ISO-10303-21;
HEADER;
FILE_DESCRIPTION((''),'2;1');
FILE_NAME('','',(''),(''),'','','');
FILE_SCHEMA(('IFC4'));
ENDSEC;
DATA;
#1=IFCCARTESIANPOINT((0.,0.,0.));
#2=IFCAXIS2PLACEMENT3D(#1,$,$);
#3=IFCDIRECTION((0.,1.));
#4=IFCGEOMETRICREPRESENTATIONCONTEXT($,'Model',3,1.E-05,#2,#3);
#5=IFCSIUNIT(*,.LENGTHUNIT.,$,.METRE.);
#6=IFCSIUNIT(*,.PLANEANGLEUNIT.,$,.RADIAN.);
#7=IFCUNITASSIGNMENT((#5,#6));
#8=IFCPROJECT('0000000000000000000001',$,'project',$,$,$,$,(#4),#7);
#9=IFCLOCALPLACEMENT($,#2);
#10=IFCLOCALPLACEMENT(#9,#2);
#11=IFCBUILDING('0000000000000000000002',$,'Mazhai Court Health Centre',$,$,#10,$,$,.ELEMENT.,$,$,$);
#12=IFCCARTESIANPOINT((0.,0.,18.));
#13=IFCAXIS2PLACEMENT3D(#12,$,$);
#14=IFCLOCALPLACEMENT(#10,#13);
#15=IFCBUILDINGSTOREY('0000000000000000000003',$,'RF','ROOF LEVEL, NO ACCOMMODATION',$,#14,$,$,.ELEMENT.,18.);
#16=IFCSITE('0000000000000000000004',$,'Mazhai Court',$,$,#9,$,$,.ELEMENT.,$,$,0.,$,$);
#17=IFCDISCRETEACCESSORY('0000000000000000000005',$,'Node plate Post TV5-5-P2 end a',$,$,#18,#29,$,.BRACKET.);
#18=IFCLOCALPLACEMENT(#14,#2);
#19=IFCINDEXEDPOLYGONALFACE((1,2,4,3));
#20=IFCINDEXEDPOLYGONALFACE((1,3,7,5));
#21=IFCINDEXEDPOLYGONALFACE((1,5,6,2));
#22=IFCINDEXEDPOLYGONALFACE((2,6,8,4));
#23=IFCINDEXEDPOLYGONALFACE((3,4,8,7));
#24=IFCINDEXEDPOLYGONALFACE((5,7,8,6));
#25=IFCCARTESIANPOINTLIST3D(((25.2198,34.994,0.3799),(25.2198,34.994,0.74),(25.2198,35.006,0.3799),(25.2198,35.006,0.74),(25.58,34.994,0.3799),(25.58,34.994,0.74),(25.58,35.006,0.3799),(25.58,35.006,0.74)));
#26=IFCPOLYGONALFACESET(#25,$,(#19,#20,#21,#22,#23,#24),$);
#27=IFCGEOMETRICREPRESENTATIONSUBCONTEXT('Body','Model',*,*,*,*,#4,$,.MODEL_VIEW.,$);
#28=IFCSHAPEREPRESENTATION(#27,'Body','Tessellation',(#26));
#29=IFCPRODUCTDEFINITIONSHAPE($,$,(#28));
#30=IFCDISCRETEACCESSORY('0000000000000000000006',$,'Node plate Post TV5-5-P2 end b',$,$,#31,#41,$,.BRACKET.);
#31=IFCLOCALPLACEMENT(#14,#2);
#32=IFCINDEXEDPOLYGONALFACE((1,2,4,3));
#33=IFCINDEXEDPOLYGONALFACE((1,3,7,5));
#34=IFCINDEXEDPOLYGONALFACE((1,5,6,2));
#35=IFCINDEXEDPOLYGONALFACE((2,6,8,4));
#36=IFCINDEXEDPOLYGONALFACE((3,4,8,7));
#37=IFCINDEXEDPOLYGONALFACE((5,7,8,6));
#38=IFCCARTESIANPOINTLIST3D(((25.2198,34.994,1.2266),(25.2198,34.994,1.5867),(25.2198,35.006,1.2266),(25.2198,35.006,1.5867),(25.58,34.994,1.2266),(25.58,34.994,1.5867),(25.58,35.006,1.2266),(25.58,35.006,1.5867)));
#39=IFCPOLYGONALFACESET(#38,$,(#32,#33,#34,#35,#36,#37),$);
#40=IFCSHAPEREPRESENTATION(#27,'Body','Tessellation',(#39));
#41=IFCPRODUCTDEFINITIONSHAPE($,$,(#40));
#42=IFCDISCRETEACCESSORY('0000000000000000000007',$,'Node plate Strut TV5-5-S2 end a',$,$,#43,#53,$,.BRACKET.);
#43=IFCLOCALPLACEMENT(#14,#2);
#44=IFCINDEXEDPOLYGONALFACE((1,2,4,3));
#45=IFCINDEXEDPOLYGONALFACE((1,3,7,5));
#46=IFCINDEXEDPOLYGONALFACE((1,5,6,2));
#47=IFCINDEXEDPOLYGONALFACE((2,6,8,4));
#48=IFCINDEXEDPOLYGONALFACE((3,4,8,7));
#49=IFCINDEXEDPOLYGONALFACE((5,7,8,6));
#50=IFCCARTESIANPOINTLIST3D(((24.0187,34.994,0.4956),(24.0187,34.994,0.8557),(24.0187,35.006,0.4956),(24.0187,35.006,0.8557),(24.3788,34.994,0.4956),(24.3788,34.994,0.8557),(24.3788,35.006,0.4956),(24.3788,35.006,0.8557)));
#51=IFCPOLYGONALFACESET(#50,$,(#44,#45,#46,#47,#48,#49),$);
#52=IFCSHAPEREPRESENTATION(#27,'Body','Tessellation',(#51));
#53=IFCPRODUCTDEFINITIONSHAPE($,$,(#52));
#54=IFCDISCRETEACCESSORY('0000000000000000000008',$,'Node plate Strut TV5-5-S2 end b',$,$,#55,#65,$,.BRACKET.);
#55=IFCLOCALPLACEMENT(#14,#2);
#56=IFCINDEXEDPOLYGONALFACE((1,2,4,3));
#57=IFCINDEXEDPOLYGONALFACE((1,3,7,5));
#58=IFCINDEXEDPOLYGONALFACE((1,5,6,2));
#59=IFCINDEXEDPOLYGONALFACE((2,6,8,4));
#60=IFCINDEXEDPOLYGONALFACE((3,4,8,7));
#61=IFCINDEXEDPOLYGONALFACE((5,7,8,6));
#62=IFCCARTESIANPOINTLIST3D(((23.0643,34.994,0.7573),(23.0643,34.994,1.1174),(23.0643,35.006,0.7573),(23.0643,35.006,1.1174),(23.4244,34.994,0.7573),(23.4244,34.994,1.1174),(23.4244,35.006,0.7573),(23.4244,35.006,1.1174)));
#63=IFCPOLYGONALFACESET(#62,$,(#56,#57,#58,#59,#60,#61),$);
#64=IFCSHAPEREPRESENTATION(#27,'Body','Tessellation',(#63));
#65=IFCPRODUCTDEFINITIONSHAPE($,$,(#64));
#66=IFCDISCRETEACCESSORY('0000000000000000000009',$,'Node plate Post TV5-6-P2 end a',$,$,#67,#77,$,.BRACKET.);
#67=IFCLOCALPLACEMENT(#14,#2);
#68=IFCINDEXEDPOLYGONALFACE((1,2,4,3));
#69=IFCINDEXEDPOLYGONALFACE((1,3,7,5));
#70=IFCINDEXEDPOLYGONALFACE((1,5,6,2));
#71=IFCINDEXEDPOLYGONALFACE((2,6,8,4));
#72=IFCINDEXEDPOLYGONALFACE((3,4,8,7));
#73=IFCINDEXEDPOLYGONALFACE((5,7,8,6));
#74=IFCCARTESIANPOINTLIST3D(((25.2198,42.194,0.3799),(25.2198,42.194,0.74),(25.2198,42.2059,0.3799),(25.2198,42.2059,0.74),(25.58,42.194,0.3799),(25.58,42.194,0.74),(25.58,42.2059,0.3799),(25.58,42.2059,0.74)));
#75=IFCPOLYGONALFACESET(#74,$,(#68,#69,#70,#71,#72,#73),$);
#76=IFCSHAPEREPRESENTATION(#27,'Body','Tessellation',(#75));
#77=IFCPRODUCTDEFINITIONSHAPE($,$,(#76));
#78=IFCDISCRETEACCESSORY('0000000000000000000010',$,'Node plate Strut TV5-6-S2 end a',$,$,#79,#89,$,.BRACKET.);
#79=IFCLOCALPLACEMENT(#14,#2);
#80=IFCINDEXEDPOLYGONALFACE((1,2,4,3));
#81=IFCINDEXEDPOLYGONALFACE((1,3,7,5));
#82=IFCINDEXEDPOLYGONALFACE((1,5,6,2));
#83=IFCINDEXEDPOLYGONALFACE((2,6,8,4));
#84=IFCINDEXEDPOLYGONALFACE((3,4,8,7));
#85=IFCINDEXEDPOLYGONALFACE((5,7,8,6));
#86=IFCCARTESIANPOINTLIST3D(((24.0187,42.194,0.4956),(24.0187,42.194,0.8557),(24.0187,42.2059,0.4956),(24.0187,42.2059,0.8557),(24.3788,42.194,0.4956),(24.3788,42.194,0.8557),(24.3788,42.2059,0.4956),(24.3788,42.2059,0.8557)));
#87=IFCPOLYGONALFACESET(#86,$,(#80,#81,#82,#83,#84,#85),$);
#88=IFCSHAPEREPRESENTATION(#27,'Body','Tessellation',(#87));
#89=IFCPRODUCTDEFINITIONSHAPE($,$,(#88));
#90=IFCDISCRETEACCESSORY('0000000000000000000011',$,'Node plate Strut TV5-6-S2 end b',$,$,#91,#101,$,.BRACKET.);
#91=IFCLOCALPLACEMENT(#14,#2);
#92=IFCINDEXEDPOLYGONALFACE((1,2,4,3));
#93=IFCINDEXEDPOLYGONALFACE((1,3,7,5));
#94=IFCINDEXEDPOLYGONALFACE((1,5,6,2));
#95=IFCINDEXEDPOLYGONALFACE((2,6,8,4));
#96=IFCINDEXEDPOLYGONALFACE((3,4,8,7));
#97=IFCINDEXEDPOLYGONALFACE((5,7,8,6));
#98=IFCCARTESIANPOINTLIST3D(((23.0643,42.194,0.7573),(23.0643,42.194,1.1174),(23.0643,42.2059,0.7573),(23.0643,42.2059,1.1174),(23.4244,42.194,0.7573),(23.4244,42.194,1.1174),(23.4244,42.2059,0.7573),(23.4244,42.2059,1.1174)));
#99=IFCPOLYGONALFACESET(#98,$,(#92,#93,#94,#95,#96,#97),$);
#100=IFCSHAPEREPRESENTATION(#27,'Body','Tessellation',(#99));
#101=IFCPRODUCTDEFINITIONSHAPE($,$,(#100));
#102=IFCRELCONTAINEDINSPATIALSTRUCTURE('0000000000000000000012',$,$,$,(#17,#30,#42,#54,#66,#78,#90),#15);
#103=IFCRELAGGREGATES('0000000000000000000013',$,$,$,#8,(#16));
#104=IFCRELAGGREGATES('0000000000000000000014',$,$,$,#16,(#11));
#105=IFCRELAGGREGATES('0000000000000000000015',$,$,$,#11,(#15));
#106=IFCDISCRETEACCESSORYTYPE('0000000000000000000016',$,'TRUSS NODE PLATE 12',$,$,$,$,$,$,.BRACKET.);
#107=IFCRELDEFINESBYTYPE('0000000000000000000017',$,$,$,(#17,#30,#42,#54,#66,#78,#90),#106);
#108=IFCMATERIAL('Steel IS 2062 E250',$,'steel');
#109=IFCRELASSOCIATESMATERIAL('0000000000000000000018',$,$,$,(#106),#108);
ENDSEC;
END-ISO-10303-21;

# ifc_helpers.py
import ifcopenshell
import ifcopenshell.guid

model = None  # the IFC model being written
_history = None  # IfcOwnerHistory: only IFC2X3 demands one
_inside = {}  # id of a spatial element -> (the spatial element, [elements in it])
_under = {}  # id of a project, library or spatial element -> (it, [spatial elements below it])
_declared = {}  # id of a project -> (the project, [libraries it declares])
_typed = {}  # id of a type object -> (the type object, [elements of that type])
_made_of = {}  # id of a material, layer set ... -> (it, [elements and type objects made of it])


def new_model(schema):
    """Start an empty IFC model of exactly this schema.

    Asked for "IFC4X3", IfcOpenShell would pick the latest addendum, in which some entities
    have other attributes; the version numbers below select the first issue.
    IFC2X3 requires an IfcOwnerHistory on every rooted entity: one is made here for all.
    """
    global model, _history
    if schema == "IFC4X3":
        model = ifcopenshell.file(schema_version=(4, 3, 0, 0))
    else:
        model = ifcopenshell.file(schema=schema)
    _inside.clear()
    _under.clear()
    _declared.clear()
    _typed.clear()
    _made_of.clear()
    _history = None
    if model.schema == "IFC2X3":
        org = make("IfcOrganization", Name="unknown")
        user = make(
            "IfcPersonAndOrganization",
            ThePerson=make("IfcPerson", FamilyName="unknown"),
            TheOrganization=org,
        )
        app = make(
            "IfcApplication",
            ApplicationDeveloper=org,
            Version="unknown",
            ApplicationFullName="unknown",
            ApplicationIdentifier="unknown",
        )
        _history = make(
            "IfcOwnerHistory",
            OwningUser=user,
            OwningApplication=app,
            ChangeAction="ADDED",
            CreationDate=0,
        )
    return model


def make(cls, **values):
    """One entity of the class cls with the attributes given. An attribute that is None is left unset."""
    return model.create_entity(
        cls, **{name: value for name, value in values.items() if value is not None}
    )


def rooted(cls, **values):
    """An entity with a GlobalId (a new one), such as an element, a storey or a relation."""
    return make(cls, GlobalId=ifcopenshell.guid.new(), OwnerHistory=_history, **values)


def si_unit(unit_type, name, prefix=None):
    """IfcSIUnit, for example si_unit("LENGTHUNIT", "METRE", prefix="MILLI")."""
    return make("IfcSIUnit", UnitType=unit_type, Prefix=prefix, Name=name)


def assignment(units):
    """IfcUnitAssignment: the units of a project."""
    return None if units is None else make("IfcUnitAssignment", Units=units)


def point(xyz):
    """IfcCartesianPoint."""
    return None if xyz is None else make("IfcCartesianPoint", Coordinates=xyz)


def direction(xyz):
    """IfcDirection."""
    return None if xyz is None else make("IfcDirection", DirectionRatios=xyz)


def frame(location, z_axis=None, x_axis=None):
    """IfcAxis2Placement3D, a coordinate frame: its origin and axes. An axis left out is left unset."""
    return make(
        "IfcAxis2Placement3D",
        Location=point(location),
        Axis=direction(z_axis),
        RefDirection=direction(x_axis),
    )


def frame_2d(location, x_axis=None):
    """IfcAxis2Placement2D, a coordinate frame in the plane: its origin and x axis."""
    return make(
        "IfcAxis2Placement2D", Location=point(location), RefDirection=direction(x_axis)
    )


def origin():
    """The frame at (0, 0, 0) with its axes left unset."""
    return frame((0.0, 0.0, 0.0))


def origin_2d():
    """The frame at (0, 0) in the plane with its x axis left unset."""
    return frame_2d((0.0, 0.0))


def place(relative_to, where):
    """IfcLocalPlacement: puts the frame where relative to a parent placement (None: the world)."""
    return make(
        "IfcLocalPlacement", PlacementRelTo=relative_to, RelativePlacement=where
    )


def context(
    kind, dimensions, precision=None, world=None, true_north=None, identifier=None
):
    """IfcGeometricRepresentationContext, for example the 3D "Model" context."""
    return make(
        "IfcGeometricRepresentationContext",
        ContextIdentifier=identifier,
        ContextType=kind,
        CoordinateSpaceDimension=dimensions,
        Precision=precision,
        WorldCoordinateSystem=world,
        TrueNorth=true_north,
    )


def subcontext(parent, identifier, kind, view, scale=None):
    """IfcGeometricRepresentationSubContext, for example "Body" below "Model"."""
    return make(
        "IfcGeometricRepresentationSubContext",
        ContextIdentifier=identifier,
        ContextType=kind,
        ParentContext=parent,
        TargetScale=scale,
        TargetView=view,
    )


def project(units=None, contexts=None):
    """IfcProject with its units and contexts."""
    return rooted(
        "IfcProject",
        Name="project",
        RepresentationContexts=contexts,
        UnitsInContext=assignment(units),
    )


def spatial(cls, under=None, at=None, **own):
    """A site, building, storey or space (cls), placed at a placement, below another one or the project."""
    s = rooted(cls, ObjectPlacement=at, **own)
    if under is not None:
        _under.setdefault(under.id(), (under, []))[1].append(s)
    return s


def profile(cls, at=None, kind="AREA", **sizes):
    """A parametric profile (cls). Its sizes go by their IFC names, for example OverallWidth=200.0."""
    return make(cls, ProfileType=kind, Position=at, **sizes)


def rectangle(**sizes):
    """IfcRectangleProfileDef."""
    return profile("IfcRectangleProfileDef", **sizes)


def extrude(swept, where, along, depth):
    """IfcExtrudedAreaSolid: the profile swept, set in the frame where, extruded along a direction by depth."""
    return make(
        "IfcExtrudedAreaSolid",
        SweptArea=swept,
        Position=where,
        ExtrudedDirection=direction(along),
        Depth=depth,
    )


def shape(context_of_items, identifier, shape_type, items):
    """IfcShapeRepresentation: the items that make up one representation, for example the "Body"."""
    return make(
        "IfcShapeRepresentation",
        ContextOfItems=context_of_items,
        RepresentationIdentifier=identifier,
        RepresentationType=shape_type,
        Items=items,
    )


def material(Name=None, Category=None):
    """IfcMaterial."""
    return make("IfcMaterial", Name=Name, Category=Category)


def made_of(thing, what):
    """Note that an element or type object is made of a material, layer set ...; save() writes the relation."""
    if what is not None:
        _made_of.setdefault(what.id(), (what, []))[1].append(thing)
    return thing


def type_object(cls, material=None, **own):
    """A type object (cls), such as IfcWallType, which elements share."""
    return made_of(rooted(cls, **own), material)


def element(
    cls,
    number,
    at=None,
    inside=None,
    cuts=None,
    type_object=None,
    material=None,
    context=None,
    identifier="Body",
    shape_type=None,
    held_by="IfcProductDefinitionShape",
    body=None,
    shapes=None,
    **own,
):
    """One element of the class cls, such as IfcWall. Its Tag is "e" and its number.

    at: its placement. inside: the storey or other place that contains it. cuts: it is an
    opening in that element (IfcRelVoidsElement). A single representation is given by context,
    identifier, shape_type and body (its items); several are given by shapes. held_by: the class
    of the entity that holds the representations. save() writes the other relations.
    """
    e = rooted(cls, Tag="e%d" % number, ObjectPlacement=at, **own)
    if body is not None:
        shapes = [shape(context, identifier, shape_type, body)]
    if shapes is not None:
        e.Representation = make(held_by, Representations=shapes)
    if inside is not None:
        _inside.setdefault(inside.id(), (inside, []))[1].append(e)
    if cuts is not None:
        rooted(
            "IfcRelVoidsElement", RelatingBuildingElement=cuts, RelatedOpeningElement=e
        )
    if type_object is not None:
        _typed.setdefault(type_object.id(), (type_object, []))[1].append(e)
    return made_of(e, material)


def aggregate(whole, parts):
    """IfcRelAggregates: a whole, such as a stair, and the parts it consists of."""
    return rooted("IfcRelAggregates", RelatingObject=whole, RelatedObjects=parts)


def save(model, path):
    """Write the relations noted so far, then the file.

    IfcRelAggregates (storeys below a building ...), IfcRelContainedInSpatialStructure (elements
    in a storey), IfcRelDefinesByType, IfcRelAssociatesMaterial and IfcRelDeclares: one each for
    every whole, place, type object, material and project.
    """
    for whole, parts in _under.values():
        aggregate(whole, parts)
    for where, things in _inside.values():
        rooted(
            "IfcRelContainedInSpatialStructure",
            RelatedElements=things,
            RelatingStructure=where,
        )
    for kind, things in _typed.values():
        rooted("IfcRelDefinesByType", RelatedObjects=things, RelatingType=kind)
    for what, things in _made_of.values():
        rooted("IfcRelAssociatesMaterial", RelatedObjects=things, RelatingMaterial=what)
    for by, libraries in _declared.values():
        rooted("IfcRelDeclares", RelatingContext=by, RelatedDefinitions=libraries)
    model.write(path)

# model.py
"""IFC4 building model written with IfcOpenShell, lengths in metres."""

from ifc_helpers import new_model, si_unit, direction, frame, origin, origin_2d, place, context, subcontext, project, spatial, rectangle, extrude, material, type_object, element, save


model = new_model("IFC4")

# Units and contexts
model_context = context("Model", 3, precision=1e-05, world=origin(), true_north=direction((0.0, 1.0)))
body_context = subcontext(model_context, "Body", "Model", "MODEL_VIEW")
ifc_project = project(units=[si_unit("LENGTHUNIT", "METRE"), si_unit("PLANEANGLEUNIT", "RADIAN")], contexts=[model_context])

# Site, building, storey
site_placement = place(None, origin())
site = spatial("IfcSite", under=ifc_project, at=site_placement, Name="Mazhai Court", CompositionType="ELEMENT", RefElevation=0.0)
building_placement = place(site_placement, origin())
building = spatial("IfcBuilding", under=site, at=building_placement, Name="Mazhai Court Health Centre", CompositionType="ELEMENT")
storey_placement = place(building_placement, frame((0.0, 0.0, 18.0)))
storey = spatial("IfcBuildingStorey", under=building, at=storey_placement, Name="RF", Description="ROOF LEVEL, NO ACCOMMODATION", CompositionType="ELEMENT", Elevation=18.0)

# Discrete accessories
ifc_material_1 = material(Name="Steel IS 2062 E250", Category="steel")
discrete_accessory_type = type_object("IfcDiscreteAccessoryType", Name="TRUSS NODE PLATE 12", PredefinedType="BRACKET", material=ifc_material_1)
for number, where, z_axis, x_axis, name in (
    (1, (25.3999, 35.0, 0.3799), (0.0, 0.0, 1.0), (1.0, 0.0, 0.0), "Node plate Post TV5-5-P2 end a"),
    (2, (25.3999, 35.0, 1.2266), (0.0, 0.0, 1.0), (1.0, 0.0, 0.0), "Node plate Post TV5-5-P2 end b"),
    (3, (24.1987, 35.0, 0.4956), (0.0, 0.0, 1.0), (1.0, 0.0, 0.0), "Node plate Strut TV5-5-S2 end a"),
    (4, (23.2444, 35.0, 0.7573), (0.0, 0.0, 1.0), (1.0, 0.0, 0.0), "Node plate Strut TV5-5-S2 end b"),
    (5, (25.3999, 42.2, 0.3799), (0.0, 0.0, 1.0), (1.0, 0.0, 0.0), "Node plate Post TV5-6-P2 end a"),
    (6, (24.1987, 42.2, 0.4956), (0.0, 0.0, 1.0), (1.0, 0.0, 0.0), "Node plate Strut TV5-6-S2 end a"),
    (7, (23.2444, 42.2, 0.7573), (0.0, 0.0, 1.0), (1.0, 0.0, 0.0), "Node plate Strut TV5-6-S2 end b"),
):
    element("IfcDiscreteAccessory", number, at=place(storey_placement, frame(where, z_axis=z_axis, x_axis=x_axis)), inside=storey, type_object=discrete_accessory_type, Name=name, PredefinedType="BRACKET", context=body_context, shape_type="SweptSolid", body=[
        extrude(rectangle(XDim=0.3601, YDim=0.012, at=origin_2d()), origin(), (0.0, 0.0, 1.0), 0.3601),
    ])

save(model, "model.ifc")
